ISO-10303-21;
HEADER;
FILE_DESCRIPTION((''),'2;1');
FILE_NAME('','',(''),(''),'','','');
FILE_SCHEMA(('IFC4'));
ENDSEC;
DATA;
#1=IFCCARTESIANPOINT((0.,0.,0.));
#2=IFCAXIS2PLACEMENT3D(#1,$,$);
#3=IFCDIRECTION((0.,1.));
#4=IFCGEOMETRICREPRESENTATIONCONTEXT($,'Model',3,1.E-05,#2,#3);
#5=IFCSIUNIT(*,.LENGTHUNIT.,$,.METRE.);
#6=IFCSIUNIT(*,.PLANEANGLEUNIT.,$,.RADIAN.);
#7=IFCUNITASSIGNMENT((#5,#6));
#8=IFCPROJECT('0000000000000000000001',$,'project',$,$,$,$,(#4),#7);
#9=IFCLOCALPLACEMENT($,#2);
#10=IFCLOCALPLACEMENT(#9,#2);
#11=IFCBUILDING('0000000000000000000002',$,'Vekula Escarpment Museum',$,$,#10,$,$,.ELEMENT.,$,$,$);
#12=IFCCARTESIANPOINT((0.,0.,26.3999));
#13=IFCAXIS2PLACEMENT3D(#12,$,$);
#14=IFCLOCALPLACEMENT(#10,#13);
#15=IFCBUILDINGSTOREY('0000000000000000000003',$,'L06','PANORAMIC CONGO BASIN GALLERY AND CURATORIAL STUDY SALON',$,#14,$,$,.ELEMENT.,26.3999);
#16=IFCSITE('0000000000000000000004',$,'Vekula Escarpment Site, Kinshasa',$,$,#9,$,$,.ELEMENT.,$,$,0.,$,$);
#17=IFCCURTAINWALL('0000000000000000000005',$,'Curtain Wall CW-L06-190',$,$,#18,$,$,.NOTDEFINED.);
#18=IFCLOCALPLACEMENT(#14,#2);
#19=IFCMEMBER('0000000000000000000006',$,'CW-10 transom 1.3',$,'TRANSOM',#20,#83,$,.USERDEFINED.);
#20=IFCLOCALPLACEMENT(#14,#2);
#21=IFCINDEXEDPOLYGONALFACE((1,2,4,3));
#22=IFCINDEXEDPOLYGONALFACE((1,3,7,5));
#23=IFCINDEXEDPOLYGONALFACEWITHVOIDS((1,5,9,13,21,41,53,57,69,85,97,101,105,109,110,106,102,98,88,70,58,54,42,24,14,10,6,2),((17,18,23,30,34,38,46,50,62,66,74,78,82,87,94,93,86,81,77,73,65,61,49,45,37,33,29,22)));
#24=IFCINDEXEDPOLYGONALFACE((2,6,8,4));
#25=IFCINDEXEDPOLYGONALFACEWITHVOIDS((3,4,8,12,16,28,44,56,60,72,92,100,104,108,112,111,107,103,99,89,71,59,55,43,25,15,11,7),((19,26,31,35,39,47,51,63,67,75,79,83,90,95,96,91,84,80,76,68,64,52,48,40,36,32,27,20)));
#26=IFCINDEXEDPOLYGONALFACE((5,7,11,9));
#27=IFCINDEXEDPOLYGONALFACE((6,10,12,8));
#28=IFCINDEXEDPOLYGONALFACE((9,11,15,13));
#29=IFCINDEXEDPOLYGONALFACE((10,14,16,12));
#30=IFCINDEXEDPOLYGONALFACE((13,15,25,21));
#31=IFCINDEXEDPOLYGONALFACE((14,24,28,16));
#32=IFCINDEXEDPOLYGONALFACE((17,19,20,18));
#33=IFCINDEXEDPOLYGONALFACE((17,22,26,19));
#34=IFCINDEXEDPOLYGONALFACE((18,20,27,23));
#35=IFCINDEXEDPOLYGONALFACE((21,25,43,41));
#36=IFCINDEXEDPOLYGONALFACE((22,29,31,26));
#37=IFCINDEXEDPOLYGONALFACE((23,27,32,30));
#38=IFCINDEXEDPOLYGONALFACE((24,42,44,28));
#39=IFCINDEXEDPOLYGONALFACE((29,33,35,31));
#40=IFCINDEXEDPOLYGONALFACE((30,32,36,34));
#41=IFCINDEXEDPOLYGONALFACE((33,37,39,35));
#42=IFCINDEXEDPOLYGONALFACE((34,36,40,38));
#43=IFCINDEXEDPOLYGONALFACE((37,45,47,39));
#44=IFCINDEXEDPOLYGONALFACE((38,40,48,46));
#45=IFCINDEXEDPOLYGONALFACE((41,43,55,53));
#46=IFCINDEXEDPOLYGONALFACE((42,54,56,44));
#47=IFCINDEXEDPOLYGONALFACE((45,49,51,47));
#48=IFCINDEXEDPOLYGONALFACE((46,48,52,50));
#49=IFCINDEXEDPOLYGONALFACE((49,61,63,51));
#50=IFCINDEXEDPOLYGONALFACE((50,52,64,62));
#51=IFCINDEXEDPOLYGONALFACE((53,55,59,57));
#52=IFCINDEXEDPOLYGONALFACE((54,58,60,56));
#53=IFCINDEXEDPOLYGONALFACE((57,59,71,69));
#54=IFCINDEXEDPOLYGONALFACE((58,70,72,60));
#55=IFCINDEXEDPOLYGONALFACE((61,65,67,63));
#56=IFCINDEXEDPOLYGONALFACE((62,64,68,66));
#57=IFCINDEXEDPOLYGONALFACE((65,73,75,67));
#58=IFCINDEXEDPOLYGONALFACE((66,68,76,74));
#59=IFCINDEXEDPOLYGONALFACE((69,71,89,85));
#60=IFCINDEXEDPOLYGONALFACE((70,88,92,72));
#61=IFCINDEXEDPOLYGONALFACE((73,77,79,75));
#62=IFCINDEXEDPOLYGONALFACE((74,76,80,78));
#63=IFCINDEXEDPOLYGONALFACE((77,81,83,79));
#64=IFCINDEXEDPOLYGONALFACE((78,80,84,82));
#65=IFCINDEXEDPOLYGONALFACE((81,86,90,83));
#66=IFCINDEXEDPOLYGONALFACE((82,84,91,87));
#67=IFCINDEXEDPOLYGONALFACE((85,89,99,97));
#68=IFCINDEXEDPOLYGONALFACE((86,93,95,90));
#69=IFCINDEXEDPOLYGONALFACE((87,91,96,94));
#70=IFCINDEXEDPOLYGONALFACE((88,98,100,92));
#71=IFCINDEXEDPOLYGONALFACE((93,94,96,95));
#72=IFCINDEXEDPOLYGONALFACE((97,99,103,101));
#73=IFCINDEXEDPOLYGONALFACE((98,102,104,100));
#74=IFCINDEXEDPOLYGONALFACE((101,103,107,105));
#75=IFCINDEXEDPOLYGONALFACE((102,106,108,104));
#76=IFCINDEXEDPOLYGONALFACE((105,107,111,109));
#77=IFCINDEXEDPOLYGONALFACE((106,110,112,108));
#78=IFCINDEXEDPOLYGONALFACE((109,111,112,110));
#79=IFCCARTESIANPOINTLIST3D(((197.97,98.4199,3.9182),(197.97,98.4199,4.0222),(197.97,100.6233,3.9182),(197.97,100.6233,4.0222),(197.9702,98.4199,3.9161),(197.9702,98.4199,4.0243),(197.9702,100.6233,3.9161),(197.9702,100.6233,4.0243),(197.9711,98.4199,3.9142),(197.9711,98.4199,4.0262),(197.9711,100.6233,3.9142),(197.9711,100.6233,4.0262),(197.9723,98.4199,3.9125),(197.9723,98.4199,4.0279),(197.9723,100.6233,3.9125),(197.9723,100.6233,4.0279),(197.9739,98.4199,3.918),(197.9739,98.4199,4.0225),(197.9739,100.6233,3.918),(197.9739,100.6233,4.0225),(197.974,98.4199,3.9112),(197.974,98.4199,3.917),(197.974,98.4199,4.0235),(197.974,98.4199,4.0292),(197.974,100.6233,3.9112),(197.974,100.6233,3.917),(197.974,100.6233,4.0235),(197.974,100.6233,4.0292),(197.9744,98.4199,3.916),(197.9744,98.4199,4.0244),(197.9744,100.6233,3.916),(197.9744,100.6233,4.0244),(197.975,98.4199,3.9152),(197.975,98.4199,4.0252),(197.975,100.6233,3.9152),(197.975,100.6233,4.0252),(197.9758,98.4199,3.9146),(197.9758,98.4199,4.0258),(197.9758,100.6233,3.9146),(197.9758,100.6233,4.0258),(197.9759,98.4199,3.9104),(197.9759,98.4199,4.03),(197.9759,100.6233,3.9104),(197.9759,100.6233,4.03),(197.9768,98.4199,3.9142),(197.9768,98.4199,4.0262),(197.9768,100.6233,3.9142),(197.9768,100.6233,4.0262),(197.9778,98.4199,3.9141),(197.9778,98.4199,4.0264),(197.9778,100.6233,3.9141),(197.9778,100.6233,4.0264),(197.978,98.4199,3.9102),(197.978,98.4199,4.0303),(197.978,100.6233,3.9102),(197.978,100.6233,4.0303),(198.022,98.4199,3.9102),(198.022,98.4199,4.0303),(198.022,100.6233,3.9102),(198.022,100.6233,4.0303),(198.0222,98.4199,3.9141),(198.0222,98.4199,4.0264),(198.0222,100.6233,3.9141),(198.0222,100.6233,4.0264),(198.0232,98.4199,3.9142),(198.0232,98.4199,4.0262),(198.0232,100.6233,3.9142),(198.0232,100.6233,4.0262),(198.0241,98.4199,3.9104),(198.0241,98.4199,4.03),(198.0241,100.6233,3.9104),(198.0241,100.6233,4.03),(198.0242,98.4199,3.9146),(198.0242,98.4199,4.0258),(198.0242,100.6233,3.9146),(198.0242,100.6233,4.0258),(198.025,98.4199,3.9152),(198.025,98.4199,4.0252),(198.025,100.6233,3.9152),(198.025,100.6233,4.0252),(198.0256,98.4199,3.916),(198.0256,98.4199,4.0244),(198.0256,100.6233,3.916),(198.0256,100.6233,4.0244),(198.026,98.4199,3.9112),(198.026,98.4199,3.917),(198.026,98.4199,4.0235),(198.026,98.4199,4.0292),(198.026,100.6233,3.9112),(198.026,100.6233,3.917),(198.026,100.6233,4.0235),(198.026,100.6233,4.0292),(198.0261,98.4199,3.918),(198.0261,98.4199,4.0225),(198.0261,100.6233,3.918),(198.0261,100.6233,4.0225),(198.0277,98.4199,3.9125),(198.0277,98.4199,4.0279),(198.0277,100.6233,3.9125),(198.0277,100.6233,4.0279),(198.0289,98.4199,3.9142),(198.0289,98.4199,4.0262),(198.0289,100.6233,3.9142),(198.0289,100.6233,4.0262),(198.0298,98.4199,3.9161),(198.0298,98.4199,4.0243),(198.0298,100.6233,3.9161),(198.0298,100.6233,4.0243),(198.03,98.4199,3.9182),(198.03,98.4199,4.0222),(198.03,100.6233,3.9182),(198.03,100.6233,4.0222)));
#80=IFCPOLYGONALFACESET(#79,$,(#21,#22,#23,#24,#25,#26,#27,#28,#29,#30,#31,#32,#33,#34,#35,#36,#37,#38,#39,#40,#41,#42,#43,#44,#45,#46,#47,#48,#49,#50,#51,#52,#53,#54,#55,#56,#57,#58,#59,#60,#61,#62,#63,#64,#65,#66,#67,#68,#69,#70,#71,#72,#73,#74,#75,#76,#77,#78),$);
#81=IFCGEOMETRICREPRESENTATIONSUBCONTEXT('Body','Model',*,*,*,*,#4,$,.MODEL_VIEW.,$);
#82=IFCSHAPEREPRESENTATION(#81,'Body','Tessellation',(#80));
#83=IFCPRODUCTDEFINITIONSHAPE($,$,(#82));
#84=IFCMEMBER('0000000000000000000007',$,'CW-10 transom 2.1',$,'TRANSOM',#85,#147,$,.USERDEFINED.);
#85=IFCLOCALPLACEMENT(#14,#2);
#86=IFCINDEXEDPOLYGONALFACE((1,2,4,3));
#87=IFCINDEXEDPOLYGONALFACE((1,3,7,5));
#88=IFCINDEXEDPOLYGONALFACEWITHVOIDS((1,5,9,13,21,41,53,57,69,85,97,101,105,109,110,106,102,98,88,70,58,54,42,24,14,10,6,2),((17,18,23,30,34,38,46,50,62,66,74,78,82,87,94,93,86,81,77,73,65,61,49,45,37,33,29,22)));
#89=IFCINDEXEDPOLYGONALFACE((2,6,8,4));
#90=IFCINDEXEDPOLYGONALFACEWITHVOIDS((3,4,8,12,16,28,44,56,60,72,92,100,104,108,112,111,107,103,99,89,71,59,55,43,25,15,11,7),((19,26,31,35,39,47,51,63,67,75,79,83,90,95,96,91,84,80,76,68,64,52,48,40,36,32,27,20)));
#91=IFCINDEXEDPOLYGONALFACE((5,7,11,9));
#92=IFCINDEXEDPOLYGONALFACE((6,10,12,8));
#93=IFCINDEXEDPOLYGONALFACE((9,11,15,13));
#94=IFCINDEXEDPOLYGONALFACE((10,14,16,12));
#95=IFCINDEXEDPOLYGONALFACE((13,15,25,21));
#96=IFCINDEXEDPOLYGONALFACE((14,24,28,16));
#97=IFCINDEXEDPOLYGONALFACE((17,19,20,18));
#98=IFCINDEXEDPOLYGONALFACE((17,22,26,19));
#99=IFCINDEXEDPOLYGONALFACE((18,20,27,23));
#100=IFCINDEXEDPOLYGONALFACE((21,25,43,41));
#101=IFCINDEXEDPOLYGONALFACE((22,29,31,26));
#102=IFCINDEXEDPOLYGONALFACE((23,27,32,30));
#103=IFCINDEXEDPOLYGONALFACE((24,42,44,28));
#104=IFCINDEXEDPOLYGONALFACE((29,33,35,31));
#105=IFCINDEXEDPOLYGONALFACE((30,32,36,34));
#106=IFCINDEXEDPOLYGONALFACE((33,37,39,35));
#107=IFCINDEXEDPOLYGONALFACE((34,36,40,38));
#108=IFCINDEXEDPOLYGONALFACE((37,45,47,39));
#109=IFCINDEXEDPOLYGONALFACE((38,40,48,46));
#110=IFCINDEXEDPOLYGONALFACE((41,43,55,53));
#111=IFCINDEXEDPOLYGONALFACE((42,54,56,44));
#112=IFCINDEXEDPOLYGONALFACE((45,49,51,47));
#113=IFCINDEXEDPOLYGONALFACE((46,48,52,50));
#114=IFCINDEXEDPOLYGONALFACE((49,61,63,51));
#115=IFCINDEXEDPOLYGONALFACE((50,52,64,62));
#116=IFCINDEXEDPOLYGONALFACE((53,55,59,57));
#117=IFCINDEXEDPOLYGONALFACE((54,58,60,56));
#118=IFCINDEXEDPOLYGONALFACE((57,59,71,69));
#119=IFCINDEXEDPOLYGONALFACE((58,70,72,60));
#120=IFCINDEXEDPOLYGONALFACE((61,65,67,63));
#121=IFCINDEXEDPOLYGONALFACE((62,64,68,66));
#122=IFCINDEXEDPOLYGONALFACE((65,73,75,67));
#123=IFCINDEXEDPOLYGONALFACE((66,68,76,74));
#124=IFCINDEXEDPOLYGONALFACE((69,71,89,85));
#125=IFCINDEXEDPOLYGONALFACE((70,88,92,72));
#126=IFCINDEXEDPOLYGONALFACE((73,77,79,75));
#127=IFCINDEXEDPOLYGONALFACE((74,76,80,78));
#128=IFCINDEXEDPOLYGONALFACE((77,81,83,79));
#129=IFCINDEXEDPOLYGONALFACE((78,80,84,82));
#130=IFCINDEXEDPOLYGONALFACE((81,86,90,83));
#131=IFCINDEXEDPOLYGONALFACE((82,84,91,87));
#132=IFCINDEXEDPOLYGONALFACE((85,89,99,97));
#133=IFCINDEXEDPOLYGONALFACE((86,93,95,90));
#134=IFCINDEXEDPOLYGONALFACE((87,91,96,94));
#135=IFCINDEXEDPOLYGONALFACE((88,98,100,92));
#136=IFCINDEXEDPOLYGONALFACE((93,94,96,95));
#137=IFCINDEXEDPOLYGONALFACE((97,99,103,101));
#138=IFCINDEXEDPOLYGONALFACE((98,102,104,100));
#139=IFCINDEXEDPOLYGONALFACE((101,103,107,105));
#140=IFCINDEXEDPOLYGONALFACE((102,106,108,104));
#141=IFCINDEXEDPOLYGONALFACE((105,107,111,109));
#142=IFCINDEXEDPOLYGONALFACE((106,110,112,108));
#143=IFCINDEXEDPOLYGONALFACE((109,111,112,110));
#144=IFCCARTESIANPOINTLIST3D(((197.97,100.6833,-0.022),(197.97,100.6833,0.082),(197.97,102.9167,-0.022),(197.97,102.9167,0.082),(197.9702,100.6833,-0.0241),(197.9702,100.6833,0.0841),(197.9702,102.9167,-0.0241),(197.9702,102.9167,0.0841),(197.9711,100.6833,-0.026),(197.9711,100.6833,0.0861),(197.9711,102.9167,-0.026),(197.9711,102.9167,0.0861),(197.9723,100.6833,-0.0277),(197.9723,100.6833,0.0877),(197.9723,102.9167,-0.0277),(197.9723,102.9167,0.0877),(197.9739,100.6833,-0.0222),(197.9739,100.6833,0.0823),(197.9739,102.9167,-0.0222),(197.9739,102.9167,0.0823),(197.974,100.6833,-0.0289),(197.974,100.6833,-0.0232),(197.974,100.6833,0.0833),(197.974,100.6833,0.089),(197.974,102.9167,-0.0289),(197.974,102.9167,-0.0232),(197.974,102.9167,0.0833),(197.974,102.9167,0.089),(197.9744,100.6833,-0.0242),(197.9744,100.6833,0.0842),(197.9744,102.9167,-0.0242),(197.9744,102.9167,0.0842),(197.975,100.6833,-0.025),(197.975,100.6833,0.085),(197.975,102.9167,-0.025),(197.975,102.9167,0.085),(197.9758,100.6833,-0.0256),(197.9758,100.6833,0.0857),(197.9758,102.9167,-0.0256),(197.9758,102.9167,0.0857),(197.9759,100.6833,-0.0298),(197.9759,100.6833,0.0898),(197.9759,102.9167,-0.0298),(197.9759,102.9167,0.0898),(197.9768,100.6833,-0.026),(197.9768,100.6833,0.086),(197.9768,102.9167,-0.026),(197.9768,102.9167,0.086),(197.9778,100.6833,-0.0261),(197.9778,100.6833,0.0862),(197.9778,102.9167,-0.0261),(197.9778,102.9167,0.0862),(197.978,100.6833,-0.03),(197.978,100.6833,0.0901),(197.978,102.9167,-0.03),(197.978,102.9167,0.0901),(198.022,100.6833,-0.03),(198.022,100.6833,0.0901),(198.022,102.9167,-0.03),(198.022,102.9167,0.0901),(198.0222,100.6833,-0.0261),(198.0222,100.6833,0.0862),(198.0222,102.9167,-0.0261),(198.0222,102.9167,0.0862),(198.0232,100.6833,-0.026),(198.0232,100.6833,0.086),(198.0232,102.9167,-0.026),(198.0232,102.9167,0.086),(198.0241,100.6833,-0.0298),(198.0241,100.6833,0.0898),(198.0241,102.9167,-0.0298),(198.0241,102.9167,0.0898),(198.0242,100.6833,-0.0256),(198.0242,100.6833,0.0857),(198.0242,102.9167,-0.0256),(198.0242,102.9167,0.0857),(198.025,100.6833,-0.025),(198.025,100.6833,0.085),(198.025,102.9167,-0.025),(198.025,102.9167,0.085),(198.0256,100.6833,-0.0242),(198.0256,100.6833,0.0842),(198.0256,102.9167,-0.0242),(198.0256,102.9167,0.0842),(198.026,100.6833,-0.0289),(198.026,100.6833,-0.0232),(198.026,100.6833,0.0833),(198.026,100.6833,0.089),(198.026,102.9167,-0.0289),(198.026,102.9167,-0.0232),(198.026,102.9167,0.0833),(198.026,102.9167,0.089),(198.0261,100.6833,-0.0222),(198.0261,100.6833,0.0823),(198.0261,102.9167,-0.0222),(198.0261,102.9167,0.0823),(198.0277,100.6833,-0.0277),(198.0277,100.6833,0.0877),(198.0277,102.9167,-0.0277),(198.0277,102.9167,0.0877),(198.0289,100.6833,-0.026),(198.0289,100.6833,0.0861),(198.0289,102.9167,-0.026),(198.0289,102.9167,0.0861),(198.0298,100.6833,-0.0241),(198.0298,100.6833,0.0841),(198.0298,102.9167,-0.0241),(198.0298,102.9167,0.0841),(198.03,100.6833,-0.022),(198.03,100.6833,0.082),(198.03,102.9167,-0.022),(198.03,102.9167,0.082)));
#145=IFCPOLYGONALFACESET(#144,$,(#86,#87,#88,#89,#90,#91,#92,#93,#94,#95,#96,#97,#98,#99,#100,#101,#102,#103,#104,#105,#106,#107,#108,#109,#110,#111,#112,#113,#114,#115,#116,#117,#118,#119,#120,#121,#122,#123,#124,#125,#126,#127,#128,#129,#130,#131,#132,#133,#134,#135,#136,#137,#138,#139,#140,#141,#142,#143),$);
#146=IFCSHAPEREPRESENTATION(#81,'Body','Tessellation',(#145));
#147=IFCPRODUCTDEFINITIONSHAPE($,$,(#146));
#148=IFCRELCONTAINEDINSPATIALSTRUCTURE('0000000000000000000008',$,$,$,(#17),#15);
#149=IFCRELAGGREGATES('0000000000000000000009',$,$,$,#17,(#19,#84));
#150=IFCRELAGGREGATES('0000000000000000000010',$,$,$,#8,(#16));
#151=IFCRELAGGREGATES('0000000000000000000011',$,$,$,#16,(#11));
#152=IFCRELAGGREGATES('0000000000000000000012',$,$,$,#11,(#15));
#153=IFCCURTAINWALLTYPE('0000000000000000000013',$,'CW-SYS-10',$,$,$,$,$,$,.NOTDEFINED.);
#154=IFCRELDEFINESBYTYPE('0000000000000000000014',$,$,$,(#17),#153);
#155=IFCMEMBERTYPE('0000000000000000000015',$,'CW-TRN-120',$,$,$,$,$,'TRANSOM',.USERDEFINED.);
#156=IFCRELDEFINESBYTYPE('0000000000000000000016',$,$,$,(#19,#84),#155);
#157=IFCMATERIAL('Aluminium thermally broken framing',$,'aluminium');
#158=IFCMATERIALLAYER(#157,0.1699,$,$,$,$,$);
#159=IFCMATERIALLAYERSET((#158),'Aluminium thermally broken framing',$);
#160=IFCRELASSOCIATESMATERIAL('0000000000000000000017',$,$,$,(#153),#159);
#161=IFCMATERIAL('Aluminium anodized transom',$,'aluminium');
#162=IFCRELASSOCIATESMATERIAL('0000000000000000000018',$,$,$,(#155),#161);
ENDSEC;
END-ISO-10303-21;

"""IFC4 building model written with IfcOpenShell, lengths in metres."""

from ifc_helpers import new_model, si_unit, direction, frame, origin, origin_2d, place, context, subcontext, project, spatial, hollow_rectangle, extrude, material, layer, layer_set, material_profile, profile_set, type_object, element, aggregate, save


model = new_model("IFC4")

# Units and contexts
model_context = context("Model", 3, precision=1e-05, world=origin(), true_north=direction((0.0, 1.0)))
body_context = subcontext(model_context, "Body", "Model", "MODEL_VIEW")
ifc_project = project(units=[si_unit("LENGTHUNIT", "METRE"), si_unit("PLANEANGLEUNIT", "RADIAN")], contexts=[model_context])

# Site, building, storey
site_placement = place(None, origin())
site = spatial("IfcSite", under=ifc_project, at=site_placement, Name="Vekula Escarpment Site, Kinshasa", CompositionType="ELEMENT", RefElevation=0.0)
building_placement = place(site_placement, origin())
building = spatial("IfcBuilding", under=site, at=building_placement, Name="Vekula Escarpment Museum", CompositionType="ELEMENT")
storey_placement = place(building_placement, frame((0.0, 0.0, 26.3999)))
storey = spatial("IfcBuildingStorey", under=building, at=storey_placement, Name="L06", Description="PANORAMIC CONGO BASIN GALLERY AND CURATORIAL STUDY SALON", CompositionType="ELEMENT", Elevation=26.3999)

# Curtain wall, members
ifc_material_1 = material(Name="Aluminium thermally broken framing", Category="aluminium")
ifc_layer_1 = layer(ifc_material_1, 0.1699)
ifc_layer_set_1 = layer_set([ifc_layer_1], Name="Aluminium thermally broken framing")
curtain_wall_type = type_object("IfcCurtainWallType", Name="CW-SYS-10", PredefinedType="NOTDEFINED", material=ifc_layer_set_1)
curtain_wall_placement = place(storey_placement, origin())
curtain_wall = element("IfcCurtainWall", 1, at=curtain_wall_placement, inside=storey, type_object=curtain_wall_type, Name="Curtain Wall CW-L06-190", PredefinedType="NOTDEFINED")
ifc_material_2 = material(Name="Aluminium anodized transom", Category="aluminium")
ifc_material_profile_1 = material_profile(ifc_material_2, hollow_rectangle(XDim=0.0601, YDim=0.1201, WallThickness=0.0039, InnerFilletRadius=0.0039, OuterFilletRadius=0.0081, at=origin_2d()), Name="ALU 120x60x4")
ifc_profile_set_1 = profile_set([ifc_material_profile_1], Name="Aluminium anodized transom")
member_type_1 = type_object("IfcMemberType", Name="CW-TRN-120", ElementType="TRANSOM", PredefinedType="USERDEFINED", material=ifc_profile_set_1)
member_1_placement = place(storey_placement, frame((198.0, 98.4199, 3.9702), z_axis=(0.0, 1.0, 0.0), x_axis=(-1.0, 0.0, 0.0)))
member_1 = element("IfcMember", 2, at=member_1_placement, type_object=member_type_1, Name="CW-10 transom 1.3", ObjectType="TRANSOM", PredefinedType="USERDEFINED", context=body_context, shape_type="SweptSolid", body=[
    extrude(hollow_rectangle(XDim=0.0601, YDim=0.1201, WallThickness=0.0039, InnerFilletRadius=0.0039, OuterFilletRadius=0.0081, at=origin_2d()), origin(), (0.0, 0.0, 1.0), 2.2034),
])
member_2_placement = place(storey_placement, frame((198.0, 100.6833, 0.03), z_axis=(0.0, 1.0, 0.0), x_axis=(-1.0, 0.0, 0.0)))
member_2 = element("IfcMember", 3, at=member_2_placement, type_object=member_type_1, Name="CW-10 transom 2.1", ObjectType="TRANSOM", PredefinedType="USERDEFINED", context=body_context, shape_type="SweptSolid", body=[
    extrude(hollow_rectangle(XDim=0.0601, YDim=0.1201, WallThickness=0.0039, InnerFilletRadius=0.0039, OuterFilletRadius=0.0081, at=origin_2d()), origin(), (0.0, 0.0, 1.0), 2.2334),
])

aggregate(curtain_wall, [member_1, member_2])

save(model, "model.ifc")
